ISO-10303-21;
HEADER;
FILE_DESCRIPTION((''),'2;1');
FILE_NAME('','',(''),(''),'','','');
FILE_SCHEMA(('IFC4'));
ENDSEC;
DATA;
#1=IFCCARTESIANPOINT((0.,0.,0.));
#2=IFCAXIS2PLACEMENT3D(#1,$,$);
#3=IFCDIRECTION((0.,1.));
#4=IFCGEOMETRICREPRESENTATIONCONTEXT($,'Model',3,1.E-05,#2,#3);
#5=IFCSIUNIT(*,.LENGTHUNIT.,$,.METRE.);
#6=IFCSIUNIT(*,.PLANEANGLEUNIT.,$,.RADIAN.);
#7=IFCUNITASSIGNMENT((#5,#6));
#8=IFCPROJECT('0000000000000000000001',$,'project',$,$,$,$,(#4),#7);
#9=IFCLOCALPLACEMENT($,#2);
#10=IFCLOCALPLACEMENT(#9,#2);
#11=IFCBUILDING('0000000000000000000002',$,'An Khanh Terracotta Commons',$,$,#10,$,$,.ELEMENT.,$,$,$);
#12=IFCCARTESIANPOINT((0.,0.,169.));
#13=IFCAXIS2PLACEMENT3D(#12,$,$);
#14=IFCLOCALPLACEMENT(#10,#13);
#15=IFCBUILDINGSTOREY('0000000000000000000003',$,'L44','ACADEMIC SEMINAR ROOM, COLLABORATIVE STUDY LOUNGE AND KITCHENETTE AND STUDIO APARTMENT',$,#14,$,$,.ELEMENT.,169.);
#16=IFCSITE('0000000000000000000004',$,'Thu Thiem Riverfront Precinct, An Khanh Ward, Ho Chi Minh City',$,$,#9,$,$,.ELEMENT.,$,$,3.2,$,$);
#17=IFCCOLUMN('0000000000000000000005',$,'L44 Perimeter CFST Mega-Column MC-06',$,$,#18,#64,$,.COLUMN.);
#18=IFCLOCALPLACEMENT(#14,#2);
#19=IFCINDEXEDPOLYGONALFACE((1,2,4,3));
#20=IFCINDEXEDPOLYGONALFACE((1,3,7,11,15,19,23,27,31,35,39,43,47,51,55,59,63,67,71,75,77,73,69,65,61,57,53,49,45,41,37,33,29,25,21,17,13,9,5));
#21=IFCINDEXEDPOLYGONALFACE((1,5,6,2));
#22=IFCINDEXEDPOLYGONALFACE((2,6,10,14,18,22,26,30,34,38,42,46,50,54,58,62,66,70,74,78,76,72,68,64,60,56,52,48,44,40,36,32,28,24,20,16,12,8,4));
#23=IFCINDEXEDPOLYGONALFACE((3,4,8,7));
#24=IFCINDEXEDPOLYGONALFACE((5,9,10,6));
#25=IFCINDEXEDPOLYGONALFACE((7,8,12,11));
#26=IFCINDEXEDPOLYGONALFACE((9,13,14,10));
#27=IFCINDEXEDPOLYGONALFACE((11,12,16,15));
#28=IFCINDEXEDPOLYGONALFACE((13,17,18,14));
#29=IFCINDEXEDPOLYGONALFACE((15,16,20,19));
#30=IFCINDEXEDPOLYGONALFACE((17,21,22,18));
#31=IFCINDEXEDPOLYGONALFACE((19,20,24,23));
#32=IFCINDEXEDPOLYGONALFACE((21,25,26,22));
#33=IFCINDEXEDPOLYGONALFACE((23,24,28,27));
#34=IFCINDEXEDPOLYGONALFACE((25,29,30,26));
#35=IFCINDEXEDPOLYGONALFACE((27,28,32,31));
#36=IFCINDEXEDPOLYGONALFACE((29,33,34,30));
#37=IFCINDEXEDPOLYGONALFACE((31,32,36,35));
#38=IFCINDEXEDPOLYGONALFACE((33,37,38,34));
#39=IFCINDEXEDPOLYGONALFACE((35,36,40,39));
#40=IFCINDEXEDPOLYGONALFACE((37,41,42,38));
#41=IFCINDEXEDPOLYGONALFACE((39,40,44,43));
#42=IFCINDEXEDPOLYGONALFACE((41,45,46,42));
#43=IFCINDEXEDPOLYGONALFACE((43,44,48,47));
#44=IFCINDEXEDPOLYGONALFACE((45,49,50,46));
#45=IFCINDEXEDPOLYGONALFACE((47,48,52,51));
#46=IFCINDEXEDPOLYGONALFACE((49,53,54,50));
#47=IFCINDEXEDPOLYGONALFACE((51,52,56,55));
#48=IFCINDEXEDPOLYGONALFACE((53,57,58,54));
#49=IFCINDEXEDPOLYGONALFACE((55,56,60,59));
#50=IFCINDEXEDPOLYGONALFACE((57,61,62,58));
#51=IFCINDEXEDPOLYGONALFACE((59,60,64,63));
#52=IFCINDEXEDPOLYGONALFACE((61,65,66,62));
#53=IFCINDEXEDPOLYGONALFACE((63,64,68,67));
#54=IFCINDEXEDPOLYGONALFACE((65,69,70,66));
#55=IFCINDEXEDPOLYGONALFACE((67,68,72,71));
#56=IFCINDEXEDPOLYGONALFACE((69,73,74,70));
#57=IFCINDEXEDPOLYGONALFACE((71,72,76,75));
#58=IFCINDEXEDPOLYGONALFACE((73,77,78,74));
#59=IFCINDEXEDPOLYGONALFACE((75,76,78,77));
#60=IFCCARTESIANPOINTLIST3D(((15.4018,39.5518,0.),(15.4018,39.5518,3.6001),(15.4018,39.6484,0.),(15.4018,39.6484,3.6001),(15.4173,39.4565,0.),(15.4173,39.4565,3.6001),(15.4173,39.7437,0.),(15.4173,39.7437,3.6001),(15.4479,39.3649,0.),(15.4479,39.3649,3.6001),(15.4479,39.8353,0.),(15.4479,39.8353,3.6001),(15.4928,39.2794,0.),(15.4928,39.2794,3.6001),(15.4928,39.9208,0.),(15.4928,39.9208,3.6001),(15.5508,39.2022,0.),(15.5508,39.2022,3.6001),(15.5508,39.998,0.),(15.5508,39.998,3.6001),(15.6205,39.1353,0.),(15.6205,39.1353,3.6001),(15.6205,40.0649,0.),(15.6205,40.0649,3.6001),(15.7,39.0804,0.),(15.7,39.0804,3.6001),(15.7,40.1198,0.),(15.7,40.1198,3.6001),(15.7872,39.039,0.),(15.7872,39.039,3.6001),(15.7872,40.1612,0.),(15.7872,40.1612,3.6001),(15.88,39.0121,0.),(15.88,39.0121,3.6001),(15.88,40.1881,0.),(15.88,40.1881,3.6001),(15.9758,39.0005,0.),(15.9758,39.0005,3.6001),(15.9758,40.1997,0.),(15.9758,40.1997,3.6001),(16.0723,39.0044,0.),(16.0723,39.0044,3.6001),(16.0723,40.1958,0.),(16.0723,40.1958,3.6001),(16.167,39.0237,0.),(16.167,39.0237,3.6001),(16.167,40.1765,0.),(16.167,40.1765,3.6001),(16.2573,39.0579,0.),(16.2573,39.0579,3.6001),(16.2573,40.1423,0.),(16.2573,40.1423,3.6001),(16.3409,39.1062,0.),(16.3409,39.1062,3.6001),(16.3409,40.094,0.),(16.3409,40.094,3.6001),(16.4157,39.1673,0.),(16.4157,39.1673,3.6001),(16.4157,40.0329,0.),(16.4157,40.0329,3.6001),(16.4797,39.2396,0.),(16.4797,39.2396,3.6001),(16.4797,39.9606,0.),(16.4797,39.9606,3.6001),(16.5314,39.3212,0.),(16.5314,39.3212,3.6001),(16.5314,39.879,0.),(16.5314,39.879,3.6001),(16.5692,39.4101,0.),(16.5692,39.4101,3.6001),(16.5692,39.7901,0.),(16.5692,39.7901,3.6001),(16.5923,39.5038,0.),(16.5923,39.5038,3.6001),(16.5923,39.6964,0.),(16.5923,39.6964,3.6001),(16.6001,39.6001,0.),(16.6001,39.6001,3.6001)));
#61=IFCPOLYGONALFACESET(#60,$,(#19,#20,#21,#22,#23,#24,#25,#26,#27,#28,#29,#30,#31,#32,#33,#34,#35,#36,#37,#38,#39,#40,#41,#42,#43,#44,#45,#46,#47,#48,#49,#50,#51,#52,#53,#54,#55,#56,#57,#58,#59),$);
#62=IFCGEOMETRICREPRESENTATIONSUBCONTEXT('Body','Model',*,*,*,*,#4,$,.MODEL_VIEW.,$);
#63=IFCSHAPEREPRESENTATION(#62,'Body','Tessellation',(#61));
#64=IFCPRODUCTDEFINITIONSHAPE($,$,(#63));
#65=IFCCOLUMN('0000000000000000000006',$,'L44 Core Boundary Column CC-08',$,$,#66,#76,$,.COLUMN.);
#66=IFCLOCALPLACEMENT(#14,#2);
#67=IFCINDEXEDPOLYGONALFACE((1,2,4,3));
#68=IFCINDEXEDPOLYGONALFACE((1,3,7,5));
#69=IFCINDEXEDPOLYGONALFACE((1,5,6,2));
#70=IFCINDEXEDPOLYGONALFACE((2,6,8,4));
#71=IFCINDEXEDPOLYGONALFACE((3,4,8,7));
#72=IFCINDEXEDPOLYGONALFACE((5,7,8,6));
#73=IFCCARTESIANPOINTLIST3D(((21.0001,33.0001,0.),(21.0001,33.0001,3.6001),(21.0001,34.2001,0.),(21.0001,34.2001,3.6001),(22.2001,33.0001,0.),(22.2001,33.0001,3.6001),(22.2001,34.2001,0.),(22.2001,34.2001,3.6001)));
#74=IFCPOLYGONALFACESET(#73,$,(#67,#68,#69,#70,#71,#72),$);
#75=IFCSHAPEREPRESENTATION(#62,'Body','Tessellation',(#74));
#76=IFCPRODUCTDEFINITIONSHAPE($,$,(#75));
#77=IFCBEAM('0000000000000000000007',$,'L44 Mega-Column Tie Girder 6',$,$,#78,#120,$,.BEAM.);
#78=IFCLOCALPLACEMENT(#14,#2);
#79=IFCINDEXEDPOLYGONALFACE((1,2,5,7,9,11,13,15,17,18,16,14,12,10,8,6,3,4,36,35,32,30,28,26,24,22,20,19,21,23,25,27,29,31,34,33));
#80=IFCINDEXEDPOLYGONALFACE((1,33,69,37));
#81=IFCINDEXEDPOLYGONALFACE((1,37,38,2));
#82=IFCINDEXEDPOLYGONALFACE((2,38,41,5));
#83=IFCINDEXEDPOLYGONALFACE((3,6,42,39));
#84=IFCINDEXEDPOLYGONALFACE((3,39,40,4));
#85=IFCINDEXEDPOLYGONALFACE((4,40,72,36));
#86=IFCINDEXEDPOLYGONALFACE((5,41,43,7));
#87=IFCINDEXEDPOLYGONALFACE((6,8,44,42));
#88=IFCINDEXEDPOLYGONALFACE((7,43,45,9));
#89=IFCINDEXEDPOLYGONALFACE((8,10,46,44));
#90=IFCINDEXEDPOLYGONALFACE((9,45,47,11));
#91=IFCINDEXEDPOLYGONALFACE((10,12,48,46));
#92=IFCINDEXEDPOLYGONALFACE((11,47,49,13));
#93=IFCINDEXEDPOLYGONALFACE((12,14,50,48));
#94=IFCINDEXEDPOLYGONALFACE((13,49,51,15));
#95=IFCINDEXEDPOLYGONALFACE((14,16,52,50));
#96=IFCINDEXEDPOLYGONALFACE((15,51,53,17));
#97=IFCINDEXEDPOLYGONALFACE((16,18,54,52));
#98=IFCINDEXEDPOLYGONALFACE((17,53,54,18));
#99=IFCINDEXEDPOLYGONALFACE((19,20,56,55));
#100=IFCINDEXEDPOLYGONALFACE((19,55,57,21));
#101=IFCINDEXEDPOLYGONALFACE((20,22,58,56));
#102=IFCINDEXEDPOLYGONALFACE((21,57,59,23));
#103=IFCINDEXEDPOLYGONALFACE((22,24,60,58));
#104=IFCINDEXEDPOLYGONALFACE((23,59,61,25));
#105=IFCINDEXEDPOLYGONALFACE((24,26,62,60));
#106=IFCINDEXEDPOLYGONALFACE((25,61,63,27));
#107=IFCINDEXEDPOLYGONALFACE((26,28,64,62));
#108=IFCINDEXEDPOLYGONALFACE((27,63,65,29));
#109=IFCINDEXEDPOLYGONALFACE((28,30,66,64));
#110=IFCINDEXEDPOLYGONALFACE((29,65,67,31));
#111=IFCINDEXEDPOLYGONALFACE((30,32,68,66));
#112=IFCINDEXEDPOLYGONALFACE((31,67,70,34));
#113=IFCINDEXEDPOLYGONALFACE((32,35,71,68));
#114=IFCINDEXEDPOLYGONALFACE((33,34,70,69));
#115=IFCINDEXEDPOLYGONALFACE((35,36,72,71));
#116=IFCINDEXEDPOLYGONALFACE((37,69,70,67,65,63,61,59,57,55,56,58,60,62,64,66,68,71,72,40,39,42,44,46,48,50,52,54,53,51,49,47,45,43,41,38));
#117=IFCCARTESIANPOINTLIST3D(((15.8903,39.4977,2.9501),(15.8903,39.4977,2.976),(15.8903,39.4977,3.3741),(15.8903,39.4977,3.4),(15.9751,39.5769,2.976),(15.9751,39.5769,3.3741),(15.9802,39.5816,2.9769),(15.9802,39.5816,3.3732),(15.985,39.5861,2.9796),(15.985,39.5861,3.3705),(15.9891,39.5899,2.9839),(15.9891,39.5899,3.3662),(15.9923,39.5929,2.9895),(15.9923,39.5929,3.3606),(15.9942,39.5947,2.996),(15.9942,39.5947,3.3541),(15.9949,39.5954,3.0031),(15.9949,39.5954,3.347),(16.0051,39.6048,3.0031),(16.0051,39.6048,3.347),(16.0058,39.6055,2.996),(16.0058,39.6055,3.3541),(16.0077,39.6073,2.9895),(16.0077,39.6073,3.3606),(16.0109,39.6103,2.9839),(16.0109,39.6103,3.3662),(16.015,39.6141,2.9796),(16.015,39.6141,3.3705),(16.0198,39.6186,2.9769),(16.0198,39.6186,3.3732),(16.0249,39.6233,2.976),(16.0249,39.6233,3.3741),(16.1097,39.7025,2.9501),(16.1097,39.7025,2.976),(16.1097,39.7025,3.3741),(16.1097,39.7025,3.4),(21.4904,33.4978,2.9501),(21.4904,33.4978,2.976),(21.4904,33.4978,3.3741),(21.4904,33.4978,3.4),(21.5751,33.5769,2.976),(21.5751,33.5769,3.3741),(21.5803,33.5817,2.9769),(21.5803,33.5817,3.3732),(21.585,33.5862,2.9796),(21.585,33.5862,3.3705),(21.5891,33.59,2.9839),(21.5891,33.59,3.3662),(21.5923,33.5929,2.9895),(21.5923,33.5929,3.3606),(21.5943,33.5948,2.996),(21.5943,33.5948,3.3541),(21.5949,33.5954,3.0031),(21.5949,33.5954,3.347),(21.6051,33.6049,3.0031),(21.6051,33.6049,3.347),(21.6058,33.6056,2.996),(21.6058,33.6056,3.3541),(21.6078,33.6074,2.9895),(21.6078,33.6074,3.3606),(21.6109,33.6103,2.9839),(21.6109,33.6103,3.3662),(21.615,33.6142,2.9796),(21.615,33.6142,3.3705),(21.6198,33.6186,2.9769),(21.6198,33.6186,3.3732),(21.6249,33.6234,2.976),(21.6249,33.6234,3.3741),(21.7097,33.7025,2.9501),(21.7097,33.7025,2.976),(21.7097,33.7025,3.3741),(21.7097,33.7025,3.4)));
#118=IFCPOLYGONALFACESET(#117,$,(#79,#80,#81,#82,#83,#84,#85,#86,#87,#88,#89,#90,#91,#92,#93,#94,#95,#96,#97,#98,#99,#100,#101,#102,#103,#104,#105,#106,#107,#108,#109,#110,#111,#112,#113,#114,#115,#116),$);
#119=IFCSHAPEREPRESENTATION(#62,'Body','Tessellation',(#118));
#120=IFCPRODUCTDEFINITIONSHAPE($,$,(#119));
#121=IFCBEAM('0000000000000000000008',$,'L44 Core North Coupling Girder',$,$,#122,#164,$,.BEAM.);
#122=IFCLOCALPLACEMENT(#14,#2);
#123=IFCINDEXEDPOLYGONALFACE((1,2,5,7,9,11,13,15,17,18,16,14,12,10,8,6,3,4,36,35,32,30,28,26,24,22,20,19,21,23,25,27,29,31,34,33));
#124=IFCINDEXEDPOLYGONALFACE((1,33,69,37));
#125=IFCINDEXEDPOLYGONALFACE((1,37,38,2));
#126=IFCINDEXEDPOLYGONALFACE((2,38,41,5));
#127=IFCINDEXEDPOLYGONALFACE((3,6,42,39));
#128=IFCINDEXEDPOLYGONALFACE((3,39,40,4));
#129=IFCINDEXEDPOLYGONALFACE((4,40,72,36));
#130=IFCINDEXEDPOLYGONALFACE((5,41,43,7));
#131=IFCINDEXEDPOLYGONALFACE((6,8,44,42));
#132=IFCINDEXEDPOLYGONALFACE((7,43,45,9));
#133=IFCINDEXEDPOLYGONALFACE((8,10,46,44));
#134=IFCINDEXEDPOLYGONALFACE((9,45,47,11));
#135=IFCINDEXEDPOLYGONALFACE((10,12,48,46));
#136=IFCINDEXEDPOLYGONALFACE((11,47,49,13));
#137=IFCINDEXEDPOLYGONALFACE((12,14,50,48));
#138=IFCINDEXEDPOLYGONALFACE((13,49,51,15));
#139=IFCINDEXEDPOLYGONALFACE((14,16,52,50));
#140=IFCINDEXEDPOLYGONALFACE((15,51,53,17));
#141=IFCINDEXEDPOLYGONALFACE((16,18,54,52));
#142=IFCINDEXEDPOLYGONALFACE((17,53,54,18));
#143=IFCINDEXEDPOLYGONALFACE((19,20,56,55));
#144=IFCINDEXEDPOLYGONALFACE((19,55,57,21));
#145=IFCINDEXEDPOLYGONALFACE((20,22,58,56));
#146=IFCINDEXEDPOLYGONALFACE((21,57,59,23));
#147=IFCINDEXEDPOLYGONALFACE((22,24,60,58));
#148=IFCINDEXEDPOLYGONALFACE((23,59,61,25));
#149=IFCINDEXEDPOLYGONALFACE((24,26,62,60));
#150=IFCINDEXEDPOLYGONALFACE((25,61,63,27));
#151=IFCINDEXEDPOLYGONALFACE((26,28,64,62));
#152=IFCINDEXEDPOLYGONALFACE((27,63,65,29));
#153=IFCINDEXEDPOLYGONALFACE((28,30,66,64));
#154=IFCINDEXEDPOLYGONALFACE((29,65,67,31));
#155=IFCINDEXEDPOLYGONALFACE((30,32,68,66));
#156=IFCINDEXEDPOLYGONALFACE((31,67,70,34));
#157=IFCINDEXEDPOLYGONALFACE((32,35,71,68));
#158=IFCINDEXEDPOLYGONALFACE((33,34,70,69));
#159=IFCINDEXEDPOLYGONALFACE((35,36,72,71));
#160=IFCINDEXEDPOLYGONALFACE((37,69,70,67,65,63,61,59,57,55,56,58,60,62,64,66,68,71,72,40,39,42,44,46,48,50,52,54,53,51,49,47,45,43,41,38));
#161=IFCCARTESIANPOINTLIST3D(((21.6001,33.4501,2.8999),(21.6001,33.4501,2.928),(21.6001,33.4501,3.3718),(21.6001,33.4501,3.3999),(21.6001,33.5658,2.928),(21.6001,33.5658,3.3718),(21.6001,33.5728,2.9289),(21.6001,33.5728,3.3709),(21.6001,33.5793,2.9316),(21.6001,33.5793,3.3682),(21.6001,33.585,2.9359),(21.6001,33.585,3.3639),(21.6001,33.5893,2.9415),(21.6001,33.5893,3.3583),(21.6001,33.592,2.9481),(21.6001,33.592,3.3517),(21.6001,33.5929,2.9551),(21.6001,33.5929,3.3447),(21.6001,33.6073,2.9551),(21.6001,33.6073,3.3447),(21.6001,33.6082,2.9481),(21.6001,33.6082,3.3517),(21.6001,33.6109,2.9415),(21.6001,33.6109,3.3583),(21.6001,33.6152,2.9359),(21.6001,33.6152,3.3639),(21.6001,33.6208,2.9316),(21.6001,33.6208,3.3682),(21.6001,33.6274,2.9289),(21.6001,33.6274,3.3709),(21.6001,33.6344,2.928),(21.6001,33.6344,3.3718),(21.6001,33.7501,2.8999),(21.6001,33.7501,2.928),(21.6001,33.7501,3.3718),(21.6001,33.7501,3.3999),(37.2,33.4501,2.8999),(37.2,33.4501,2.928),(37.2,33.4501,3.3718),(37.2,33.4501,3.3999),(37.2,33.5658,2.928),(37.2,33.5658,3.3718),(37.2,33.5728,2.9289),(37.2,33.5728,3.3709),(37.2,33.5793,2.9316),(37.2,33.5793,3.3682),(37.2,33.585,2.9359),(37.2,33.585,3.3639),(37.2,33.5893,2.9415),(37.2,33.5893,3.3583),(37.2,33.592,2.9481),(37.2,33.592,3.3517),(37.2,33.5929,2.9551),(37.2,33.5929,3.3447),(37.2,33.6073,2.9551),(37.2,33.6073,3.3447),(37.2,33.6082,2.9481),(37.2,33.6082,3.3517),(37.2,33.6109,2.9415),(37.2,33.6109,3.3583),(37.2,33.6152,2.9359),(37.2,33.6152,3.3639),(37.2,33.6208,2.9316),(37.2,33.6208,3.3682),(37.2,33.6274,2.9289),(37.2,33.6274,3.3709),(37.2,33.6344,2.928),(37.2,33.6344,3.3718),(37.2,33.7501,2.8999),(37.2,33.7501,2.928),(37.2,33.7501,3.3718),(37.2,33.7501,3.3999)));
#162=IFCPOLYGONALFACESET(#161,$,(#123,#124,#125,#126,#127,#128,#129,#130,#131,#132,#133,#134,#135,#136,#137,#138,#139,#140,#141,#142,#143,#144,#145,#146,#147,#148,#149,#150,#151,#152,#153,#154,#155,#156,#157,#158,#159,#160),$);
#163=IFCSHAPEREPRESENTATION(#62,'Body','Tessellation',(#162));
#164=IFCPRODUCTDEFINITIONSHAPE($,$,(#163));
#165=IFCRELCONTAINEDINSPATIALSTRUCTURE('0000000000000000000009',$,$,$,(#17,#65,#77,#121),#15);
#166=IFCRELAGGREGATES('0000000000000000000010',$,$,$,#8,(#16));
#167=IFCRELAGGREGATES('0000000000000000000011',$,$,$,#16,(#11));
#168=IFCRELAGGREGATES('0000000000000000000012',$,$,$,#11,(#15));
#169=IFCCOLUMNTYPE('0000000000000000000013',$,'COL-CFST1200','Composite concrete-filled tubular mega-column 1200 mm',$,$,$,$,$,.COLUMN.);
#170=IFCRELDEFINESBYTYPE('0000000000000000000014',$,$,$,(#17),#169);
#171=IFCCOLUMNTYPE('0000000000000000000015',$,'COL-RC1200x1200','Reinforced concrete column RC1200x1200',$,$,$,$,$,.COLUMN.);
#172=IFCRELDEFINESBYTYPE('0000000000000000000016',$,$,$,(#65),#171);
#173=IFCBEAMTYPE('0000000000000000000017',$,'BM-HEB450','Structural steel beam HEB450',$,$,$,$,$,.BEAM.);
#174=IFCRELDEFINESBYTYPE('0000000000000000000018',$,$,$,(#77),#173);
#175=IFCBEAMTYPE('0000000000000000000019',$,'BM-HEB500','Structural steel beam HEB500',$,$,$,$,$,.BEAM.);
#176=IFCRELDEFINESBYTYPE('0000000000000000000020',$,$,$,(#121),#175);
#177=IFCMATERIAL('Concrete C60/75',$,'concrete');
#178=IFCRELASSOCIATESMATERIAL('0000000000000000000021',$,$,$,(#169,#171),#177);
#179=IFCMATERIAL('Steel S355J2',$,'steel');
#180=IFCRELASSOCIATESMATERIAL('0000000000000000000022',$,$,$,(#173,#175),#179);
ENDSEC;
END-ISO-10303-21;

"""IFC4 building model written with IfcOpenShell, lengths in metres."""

from ifc_helpers import new_model, si_unit, direction, frame, origin, origin_2d, place, context, subcontext, project, spatial, rectangle, circle, i_section, extrude, material, material_profile, profile_set, type_object, element, save


model = new_model("IFC4")

# Units and contexts
model_context = context("Model", 3, precision=1e-05, world=origin(), true_north=direction((0.0, 1.0)))
body_context = subcontext(model_context, "Body", "Model", "MODEL_VIEW")
ifc_project = project(units=[si_unit("LENGTHUNIT", "METRE"), si_unit("PLANEANGLEUNIT", "RADIAN")], contexts=[model_context])

# Site, building, storey
site_placement = place(None, origin())
site = spatial("IfcSite", under=ifc_project, at=site_placement, Name="Thu Thiem Riverfront Precinct, An Khanh Ward, Ho Chi Minh City", CompositionType="ELEMENT", RefElevation=3.2)
building_placement = place(site_placement, origin())
building = spatial("IfcBuilding", under=site, at=building_placement, Name="An Khanh Terracotta Commons", CompositionType="ELEMENT")
storey_placement = place(building_placement, frame((0.0, 0.0, 169.0)))
storey = spatial("IfcBuildingStorey", under=building, at=storey_placement, Name="L44", Description="ACADEMIC SEMINAR ROOM, COLLABORATIVE STUDY LOUNGE AND KITCHENETTE AND STUDIO APARTMENT", CompositionType="ELEMENT", Elevation=169.0)

# Columns
ifc_material_1 = material(Name="Concrete C60/75", Category="concrete")
ifc_material_profile_1 = material_profile(ifc_material_1, circle(Radius=0.6001, at=origin_2d()), Name="CFST1200")
ifc_profile_set_1 = profile_set([ifc_material_profile_1], Name="Concrete C60/75")
column_type_1 = type_object("IfcColumnType", Name="COL-CFST1200", Description="Composite concrete-filled tubular mega-column 1200 mm", PredefinedType="COLUMN", material=ifc_profile_set_1)
column_1_placement = place(storey_placement, frame((16.0, 39.6001, 0.0), z_axis=(0.0, 0.0, 1.0), x_axis=(1.0, 0.0, 0.0)))
element("IfcColumn", 1, at=column_1_placement, inside=storey, type_object=column_type_1, Name="L44 Perimeter CFST Mega-Column MC-06", PredefinedType="COLUMN", context=body_context, shape_type="SweptSolid", body=[
    extrude(circle(Radius=0.6001, at=origin_2d()), origin(), (0.0, 0.0, 1.0), 3.6001),
])
ifc_material_profile_2 = material_profile(ifc_material_1, rectangle(XDim=1.2, YDim=1.2, at=origin_2d()), Name="RC1200x1200")
ifc_profile_set_2 = profile_set([ifc_material_profile_2], Name="Concrete C60/75")
column_type_2 = type_object("IfcColumnType", Name="COL-RC1200x1200", Description="Reinforced concrete column RC1200x1200", PredefinedType="COLUMN", material=ifc_profile_set_2)
column_2_placement = place(storey_placement, frame((21.6001, 33.6001, 0.0), z_axis=(0.0, 0.0, 1.0), x_axis=(1.0, 0.0, 0.0)))
element("IfcColumn", 2, at=column_2_placement, inside=storey, type_object=column_type_2, Name="L44 Core Boundary Column CC-08", PredefinedType="COLUMN", context=body_context, shape_type="SweptSolid", body=[
    extrude(rectangle(XDim=1.2, YDim=1.2, at=origin_2d()), origin(), (0.0, 0.0, 1.0), 3.6001),
])

# Beams
ifc_material_2 = material(Name="Steel S355J2", Category="steel")
ifc_material_profile_3 = material_profile(ifc_material_2, i_section(OverallWidth=0.3, OverallDepth=0.45, WebThickness=0.0139, FlangeThickness=0.0259, FilletRadius=0.0271, at=origin_2d()), Name="HEB450")
ifc_profile_set_3 = profile_set([ifc_material_profile_3], Name="Steel S355J2")
beam_type_1 = type_object("IfcBeamType", Name="BM-HEB450", Description="Structural steel beam HEB450", PredefinedType="BEAM", material=ifc_profile_set_3)
beam_1_placement = place(storey_placement, frame((16.0, 39.6001, 3.175), z_axis=(0.682325, -0.731049, 0.0), x_axis=(0.731049, 0.682325, 0.0)))
element("IfcBeam", 3, at=beam_1_placement, inside=storey, type_object=beam_type_1, Name="L44 Mega-Column Tie Girder 6", PredefinedType="BEAM", context=body_context, shape_type="SweptSolid", body=[
    extrude(i_section(OverallWidth=0.3, OverallDepth=0.45, WebThickness=0.0139, FlangeThickness=0.0259, FilletRadius=0.0271, at=origin_2d()), origin(), (0.0, 0.0, 1.0), 8.2073),
])
ifc_material_profile_4 = material_profile(ifc_material_2, i_section(OverallWidth=0.3, OverallDepth=0.5, WebThickness=0.0144, FlangeThickness=0.0281, FilletRadius=0.0271, at=origin_2d()), Name="HEB500")
ifc_profile_set_4 = profile_set([ifc_material_profile_4], Name="Steel S355J2")
beam_type_2 = type_object("IfcBeamType", Name="BM-HEB500", Description="Structural steel beam HEB500", PredefinedType="BEAM", material=ifc_profile_set_4)
beam_2_placement = place(storey_placement, frame((21.6001, 33.6001, 3.1499), z_axis=(1.0, 0.0, 0.0), x_axis=(0.0, 1.0, 0.0)))
element("IfcBeam", 4, at=beam_2_placement, inside=storey, type_object=beam_type_2, Name="L44 Core North Coupling Girder", PredefinedType="BEAM", context=body_context, shape_type="SweptSolid", body=[
    extrude(i_section(OverallWidth=0.3, OverallDepth=0.5, WebThickness=0.0144, FlangeThickness=0.0281, FilletRadius=0.0271, at=origin_2d()), origin(), (0.0, 0.0, 1.0), 15.5999),
])

save(model, "model.ifc")
